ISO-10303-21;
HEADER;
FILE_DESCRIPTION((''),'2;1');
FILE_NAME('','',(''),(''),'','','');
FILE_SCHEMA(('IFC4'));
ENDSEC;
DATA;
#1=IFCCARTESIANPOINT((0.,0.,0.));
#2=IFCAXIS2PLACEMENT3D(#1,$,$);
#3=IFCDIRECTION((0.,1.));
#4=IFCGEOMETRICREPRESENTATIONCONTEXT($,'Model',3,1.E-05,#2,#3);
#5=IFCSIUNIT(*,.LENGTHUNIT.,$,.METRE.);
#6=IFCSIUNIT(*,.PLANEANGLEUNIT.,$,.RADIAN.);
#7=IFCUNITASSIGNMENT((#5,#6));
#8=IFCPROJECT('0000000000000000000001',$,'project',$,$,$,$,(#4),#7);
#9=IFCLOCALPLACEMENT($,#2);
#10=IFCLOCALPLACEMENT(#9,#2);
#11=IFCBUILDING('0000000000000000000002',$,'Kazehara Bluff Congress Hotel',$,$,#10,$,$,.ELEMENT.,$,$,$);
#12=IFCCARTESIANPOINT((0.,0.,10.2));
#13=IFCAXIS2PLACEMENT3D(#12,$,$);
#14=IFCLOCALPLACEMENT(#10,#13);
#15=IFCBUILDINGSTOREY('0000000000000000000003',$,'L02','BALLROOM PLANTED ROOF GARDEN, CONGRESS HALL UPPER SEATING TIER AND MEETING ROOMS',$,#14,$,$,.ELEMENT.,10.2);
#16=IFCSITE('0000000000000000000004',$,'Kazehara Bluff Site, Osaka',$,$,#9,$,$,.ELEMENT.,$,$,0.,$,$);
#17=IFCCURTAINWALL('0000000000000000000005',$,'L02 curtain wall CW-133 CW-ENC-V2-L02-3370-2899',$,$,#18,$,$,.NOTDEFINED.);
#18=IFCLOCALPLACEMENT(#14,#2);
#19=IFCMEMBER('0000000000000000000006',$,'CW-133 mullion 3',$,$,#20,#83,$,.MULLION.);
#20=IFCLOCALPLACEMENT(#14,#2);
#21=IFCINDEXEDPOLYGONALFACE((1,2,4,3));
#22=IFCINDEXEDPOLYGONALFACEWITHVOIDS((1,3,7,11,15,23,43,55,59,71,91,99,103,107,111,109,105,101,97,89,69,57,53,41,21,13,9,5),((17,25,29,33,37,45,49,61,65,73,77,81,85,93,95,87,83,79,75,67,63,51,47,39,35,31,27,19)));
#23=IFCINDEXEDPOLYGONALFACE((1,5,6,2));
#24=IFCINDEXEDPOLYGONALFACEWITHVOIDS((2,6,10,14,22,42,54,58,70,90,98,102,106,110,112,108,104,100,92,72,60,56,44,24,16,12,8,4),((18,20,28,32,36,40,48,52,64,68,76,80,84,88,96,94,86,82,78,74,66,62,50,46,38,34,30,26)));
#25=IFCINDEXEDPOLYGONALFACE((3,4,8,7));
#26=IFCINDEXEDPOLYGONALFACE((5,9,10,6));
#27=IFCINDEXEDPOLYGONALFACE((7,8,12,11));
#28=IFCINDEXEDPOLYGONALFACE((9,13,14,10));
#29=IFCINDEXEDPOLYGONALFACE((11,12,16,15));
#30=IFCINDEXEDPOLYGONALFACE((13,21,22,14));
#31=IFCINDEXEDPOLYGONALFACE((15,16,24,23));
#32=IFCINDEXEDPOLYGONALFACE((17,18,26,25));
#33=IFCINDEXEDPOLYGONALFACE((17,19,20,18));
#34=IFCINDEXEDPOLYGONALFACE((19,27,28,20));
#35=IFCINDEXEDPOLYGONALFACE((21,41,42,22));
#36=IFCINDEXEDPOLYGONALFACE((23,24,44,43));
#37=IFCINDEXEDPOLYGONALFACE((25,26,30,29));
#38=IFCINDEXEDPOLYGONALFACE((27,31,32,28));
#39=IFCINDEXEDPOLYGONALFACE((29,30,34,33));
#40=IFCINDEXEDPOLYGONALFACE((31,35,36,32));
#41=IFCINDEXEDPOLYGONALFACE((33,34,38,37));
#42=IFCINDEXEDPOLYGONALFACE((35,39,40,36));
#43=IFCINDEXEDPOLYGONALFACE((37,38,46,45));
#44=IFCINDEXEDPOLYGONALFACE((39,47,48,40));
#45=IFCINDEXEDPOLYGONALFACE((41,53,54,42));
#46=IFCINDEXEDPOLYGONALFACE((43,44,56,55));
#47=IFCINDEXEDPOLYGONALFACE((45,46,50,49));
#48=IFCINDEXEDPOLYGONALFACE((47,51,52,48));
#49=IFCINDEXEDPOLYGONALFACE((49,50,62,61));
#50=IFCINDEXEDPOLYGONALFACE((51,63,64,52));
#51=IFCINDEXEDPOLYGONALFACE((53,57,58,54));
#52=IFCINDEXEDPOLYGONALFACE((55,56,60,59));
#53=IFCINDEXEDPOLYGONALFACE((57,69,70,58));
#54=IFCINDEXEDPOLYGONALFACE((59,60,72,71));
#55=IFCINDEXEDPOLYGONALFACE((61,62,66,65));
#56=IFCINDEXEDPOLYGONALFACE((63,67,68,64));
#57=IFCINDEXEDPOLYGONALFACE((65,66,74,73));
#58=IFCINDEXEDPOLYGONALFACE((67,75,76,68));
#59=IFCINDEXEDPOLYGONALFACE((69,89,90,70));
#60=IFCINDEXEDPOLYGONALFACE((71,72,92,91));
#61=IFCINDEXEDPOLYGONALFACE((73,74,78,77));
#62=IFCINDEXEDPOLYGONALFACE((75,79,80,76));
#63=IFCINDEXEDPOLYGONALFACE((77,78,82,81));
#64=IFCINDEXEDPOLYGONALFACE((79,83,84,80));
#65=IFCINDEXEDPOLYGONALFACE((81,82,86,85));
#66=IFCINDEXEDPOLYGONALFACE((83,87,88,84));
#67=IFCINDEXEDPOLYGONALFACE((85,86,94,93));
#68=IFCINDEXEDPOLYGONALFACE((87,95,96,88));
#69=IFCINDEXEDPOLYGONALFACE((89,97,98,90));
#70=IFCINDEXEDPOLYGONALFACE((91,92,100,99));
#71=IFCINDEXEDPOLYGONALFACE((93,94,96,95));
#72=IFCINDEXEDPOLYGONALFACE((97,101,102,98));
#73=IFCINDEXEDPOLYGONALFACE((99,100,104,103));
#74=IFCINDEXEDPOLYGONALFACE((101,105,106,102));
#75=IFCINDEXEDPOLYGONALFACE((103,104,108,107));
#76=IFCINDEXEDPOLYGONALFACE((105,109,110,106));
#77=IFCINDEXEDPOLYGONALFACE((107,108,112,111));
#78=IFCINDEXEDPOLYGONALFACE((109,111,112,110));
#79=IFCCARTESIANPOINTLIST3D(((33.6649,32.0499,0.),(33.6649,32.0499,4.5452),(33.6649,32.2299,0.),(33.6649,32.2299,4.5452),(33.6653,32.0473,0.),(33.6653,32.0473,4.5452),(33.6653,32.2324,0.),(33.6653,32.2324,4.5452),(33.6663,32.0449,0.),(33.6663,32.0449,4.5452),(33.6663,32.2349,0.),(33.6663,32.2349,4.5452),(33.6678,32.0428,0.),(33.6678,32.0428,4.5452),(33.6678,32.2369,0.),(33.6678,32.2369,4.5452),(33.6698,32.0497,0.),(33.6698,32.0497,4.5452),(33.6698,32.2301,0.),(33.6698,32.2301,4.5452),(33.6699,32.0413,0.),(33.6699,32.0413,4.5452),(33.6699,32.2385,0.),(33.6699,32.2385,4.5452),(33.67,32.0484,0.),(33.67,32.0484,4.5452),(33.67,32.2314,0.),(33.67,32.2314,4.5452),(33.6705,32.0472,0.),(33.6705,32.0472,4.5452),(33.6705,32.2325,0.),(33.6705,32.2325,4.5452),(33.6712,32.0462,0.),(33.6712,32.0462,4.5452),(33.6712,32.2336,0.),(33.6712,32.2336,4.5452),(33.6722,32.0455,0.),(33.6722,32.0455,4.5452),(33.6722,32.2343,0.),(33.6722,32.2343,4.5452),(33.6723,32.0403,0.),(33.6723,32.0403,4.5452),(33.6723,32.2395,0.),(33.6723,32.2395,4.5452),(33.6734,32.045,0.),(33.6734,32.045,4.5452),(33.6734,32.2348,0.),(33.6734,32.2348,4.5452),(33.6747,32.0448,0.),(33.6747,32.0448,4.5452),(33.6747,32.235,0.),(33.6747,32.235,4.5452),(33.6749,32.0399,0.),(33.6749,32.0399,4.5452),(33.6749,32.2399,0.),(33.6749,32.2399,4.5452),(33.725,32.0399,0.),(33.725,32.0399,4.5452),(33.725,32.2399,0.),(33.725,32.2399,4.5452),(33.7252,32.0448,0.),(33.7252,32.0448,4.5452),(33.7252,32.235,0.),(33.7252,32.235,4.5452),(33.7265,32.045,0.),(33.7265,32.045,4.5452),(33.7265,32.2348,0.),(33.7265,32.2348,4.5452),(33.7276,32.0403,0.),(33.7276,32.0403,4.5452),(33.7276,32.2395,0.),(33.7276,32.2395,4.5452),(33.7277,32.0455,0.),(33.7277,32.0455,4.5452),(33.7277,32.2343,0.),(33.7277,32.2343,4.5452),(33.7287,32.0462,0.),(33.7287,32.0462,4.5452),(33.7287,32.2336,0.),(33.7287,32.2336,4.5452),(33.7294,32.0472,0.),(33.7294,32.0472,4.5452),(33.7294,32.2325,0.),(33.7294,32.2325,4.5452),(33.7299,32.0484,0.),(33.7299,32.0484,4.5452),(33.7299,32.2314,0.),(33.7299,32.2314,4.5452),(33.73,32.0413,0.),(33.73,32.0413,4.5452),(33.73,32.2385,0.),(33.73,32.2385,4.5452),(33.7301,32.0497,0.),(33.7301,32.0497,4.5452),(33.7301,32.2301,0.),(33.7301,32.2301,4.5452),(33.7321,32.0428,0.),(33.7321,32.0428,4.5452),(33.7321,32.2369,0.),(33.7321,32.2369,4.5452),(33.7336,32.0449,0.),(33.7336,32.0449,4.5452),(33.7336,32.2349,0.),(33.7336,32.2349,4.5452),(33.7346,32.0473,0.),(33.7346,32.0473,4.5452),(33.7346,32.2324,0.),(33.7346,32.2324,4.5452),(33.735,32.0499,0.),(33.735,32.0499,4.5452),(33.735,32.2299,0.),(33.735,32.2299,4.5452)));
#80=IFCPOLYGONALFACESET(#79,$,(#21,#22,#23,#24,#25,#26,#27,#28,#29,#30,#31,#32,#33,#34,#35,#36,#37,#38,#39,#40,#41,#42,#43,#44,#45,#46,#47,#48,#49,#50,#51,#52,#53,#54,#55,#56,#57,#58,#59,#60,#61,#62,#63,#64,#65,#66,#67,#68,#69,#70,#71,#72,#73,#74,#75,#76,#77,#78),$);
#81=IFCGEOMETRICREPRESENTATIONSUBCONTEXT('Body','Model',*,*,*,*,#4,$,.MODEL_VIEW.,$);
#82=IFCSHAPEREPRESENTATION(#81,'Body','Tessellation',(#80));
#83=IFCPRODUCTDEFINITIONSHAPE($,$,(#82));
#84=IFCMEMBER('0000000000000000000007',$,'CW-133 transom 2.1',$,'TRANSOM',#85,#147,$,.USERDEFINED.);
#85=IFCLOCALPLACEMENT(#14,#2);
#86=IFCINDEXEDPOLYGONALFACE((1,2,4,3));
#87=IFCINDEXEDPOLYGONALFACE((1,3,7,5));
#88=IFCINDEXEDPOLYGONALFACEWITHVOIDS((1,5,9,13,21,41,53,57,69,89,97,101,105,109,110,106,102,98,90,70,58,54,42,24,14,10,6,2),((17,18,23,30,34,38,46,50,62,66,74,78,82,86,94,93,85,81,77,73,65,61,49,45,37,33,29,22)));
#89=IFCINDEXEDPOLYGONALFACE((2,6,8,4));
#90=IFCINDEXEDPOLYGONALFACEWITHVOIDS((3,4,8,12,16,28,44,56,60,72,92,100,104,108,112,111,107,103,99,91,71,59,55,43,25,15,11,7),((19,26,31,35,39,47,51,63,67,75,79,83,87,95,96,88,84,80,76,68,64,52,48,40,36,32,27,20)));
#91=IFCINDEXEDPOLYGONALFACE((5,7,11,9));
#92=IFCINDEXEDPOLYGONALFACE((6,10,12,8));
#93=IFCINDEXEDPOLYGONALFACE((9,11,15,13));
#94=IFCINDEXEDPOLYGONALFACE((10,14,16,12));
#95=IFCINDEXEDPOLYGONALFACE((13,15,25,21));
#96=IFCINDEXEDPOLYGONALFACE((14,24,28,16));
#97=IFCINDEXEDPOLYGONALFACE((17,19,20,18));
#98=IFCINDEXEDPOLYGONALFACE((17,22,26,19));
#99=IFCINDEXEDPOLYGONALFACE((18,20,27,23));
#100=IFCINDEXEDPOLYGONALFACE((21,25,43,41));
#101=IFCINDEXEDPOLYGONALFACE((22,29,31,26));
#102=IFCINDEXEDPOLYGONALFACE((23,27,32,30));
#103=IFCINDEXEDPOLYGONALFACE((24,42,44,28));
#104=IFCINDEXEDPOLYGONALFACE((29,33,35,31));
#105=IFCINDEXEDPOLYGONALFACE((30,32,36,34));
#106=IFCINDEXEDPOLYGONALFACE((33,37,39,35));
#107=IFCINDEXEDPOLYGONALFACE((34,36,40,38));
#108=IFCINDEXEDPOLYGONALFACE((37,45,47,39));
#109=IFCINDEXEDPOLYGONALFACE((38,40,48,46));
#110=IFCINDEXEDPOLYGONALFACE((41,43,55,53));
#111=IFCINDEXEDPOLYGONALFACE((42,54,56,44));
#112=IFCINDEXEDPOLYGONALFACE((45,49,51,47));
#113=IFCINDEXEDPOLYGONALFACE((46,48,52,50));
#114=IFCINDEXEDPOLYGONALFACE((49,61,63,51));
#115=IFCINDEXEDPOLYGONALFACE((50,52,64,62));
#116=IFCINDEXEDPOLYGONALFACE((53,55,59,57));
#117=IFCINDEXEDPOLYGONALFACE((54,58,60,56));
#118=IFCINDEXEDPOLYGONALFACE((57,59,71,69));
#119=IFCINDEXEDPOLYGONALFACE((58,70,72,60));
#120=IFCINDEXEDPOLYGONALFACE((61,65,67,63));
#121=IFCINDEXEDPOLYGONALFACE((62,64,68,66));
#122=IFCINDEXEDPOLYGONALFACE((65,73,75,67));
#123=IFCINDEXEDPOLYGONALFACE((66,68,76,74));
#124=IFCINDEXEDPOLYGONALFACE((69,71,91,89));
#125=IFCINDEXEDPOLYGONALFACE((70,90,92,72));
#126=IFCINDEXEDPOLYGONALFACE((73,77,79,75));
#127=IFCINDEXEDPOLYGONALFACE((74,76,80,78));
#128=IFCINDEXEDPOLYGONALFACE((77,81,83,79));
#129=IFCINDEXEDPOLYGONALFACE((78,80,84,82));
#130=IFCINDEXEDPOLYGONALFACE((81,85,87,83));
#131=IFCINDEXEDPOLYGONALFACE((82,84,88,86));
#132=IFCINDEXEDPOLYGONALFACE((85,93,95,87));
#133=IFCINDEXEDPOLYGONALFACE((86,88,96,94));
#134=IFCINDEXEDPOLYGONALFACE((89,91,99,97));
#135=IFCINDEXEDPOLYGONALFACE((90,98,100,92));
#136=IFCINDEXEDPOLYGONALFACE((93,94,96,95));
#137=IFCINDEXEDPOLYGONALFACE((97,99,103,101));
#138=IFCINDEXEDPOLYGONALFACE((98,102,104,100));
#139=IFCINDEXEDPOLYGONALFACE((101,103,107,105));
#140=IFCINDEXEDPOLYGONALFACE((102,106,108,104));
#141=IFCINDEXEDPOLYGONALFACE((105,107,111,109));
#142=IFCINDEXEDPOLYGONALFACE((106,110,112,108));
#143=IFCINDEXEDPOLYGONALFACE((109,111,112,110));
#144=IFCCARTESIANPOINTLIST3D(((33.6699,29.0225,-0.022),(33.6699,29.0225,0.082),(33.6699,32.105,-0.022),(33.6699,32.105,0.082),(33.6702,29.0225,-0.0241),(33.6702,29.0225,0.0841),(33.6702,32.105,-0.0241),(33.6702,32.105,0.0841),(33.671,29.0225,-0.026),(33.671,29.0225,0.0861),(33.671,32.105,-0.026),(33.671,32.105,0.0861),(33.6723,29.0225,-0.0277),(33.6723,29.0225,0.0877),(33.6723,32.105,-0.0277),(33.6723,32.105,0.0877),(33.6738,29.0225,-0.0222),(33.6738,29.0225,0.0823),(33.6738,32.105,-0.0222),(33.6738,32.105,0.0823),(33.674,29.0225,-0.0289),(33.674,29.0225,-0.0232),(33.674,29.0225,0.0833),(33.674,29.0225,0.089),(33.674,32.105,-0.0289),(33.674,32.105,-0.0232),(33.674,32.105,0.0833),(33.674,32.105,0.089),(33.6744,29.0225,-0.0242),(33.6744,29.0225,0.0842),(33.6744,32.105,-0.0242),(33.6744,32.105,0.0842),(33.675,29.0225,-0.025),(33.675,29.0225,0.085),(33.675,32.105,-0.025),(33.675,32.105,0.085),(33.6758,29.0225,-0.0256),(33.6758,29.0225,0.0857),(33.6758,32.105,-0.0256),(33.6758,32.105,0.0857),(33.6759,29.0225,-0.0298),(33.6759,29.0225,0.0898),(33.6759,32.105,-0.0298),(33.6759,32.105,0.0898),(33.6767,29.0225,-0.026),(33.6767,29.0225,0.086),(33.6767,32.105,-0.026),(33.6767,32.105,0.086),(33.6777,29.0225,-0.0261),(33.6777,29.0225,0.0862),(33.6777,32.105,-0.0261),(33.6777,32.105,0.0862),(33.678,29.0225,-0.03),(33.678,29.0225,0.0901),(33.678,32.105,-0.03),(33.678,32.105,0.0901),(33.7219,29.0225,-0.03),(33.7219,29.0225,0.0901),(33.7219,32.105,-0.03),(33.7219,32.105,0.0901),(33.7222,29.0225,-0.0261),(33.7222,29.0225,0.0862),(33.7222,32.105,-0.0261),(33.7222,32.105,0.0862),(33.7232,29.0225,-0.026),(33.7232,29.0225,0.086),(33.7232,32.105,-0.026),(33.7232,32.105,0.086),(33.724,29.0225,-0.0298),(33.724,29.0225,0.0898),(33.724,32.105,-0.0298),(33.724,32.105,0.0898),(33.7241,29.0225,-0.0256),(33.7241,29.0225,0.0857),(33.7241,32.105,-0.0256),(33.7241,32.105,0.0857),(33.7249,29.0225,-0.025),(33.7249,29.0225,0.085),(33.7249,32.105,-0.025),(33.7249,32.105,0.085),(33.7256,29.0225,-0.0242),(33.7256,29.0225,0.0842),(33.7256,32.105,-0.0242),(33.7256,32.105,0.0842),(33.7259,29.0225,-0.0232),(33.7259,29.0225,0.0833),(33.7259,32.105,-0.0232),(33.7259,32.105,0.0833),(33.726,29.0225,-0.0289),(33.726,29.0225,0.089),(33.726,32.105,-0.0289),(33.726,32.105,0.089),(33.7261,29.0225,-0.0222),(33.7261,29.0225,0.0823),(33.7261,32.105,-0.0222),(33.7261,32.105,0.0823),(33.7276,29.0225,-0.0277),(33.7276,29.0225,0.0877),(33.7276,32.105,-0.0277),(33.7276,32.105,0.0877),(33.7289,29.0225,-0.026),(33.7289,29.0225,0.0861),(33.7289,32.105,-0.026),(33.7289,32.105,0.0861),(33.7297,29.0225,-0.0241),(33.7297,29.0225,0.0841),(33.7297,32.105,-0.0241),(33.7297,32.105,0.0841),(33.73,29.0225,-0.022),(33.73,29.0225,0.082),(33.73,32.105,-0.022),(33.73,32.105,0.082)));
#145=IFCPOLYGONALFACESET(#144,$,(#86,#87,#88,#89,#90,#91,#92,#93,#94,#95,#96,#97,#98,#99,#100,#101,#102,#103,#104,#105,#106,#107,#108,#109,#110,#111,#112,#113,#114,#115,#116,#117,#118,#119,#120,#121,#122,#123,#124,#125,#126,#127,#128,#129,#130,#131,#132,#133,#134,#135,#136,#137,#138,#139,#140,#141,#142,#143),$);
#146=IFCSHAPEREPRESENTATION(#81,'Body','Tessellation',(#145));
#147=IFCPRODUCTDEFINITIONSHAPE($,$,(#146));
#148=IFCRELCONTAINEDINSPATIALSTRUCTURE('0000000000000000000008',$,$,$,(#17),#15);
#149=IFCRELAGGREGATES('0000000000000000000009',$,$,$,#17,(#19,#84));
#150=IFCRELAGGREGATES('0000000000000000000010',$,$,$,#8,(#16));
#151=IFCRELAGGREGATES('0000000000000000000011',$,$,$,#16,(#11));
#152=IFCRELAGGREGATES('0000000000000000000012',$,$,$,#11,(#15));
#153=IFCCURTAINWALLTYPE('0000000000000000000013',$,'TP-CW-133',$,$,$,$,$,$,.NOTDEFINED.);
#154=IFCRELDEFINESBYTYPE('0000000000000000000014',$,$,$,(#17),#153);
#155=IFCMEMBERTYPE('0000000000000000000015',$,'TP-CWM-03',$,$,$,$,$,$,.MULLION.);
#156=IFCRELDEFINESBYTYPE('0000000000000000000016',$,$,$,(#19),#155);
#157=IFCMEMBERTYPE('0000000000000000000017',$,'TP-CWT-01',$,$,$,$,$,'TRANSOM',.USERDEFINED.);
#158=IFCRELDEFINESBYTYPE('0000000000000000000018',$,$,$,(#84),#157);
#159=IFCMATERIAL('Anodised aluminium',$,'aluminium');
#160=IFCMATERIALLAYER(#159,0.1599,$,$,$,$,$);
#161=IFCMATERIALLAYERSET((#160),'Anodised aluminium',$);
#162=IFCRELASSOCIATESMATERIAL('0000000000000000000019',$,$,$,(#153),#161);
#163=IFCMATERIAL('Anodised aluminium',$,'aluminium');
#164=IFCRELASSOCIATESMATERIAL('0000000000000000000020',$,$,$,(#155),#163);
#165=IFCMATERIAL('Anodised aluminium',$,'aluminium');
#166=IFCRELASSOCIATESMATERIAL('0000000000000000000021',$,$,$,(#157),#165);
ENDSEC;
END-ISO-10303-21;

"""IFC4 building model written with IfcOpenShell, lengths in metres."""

from ifc_helpers import new_model, si_unit, direction, frame, origin, origin_2d, place, context, subcontext, project, spatial, hollow_rectangle, extrude, material, layer, layer_set, material_profile, profile_set, type_object, element, aggregate, save


model = new_model("IFC4")

# Units and contexts
model_context = context("Model", 3, precision=1e-05, world=origin(), true_north=direction((0.0, 1.0)))
body_context = subcontext(model_context, "Body", "Model", "MODEL_VIEW")
ifc_project = project(units=[si_unit("LENGTHUNIT", "METRE"), si_unit("PLANEANGLEUNIT", "RADIAN")], contexts=[model_context])

# Site, building, storey
site_placement = place(None, origin())
site = spatial("IfcSite", under=ifc_project, at=site_placement, Name="Kazehara Bluff Site, Osaka", CompositionType="ELEMENT", RefElevation=0.0)
building_placement = place(site_placement, origin())
building = spatial("IfcBuilding", under=site, at=building_placement, Name="Kazehara Bluff Congress Hotel", CompositionType="ELEMENT")
storey_placement = place(building_placement, frame((0.0, 0.0, 10.2)))
storey = spatial("IfcBuildingStorey", under=building, at=storey_placement, Name="L02", Description="BALLROOM PLANTED ROOF GARDEN, CONGRESS HALL UPPER SEATING TIER AND MEETING ROOMS", CompositionType="ELEMENT", Elevation=10.2)

# Curtain wall, members
ifc_material_1 = material(Name="Anodised aluminium", Category="aluminium")
ifc_layer_1 = layer(ifc_material_1, 0.1599)
ifc_layer_set_1 = layer_set([ifc_layer_1], Name="Anodised aluminium")
curtain_wall_type_1 = type_object("IfcCurtainWallType", Name="TP-CW-133", PredefinedType="NOTDEFINED", material=ifc_layer_set_1)
curtain_wall_1_placement = place(storey_placement, origin())
curtain_wall_1 = element("IfcCurtainWall", 1, at=curtain_wall_1_placement, inside=storey, type_object=curtain_wall_type_1, Name="L02 curtain wall CW-133 CW-ENC-V2-L02-3370-2899", PredefinedType="NOTDEFINED")
ifc_material_2 = material(Name="Anodised aluminium", Category="aluminium")
ifc_material_profile_1 = material_profile(ifc_material_2, hollow_rectangle(XDim=0.0701, YDim=0.2, WallThickness=0.0049, InnerFilletRadius=0.0049, OuterFilletRadius=0.01, at=origin_2d()))
ifc_profile_set_1 = profile_set([ifc_material_profile_1], Name="Anodised aluminium")
member_type_1 = type_object("IfcMemberType", Name="TP-CWM-03", PredefinedType="MULLION", material=ifc_profile_set_1)
member_1_placement = place(storey_placement, frame((33.7, 32.1399, 0.0), z_axis=(0.0, 0.0, 1.0), x_axis=(-1.0, 0.0, 0.0)))
member_1 = element("IfcMember", 2, at=member_1_placement, type_object=member_type_1, Name="CW-133 mullion 3", PredefinedType="MULLION", context=body_context, shape_type="SweptSolid", body=[
    extrude(hollow_rectangle(XDim=0.0701, YDim=0.2, WallThickness=0.0049, InnerFilletRadius=0.0049, OuterFilletRadius=0.01, at=origin_2d()), origin(), (0.0, 0.0, 1.0), 4.5452),
])
ifc_material_3 = material(Name="Anodised aluminium", Category="aluminium")
ifc_material_profile_2 = material_profile(ifc_material_3, hollow_rectangle(XDim=0.0601, YDim=0.1201, WallThickness=0.0039, InnerFilletRadius=0.0039, OuterFilletRadius=0.0081, at=origin_2d()))
ifc_profile_set_2 = profile_set([ifc_material_profile_2], Name="Anodised aluminium")
member_type_2 = type_object("IfcMemberType", Name="TP-CWT-01", ElementType="TRANSOM", PredefinedType="USERDEFINED", material=ifc_profile_set_2)
member_2_placement = place(storey_placement, frame((33.7, 29.0225, 0.03), z_axis=(0.0, 1.0, 0.0), x_axis=(-1.0, 0.0, 0.0)))
member_2 = element("IfcMember", 3, at=member_2_placement, type_object=member_type_2, Name="CW-133 transom 2.1", ObjectType="TRANSOM", PredefinedType="USERDEFINED", context=body_context, shape_type="SweptSolid", body=[
    extrude(hollow_rectangle(XDim=0.0601, YDim=0.1201, WallThickness=0.0039, InnerFilletRadius=0.0039, OuterFilletRadius=0.0081, at=origin_2d()), origin(), (0.0, 0.0, 1.0), 3.0825),
])

aggregate(curtain_wall_1, [member_1, member_2])

save(model, "model.ifc")
